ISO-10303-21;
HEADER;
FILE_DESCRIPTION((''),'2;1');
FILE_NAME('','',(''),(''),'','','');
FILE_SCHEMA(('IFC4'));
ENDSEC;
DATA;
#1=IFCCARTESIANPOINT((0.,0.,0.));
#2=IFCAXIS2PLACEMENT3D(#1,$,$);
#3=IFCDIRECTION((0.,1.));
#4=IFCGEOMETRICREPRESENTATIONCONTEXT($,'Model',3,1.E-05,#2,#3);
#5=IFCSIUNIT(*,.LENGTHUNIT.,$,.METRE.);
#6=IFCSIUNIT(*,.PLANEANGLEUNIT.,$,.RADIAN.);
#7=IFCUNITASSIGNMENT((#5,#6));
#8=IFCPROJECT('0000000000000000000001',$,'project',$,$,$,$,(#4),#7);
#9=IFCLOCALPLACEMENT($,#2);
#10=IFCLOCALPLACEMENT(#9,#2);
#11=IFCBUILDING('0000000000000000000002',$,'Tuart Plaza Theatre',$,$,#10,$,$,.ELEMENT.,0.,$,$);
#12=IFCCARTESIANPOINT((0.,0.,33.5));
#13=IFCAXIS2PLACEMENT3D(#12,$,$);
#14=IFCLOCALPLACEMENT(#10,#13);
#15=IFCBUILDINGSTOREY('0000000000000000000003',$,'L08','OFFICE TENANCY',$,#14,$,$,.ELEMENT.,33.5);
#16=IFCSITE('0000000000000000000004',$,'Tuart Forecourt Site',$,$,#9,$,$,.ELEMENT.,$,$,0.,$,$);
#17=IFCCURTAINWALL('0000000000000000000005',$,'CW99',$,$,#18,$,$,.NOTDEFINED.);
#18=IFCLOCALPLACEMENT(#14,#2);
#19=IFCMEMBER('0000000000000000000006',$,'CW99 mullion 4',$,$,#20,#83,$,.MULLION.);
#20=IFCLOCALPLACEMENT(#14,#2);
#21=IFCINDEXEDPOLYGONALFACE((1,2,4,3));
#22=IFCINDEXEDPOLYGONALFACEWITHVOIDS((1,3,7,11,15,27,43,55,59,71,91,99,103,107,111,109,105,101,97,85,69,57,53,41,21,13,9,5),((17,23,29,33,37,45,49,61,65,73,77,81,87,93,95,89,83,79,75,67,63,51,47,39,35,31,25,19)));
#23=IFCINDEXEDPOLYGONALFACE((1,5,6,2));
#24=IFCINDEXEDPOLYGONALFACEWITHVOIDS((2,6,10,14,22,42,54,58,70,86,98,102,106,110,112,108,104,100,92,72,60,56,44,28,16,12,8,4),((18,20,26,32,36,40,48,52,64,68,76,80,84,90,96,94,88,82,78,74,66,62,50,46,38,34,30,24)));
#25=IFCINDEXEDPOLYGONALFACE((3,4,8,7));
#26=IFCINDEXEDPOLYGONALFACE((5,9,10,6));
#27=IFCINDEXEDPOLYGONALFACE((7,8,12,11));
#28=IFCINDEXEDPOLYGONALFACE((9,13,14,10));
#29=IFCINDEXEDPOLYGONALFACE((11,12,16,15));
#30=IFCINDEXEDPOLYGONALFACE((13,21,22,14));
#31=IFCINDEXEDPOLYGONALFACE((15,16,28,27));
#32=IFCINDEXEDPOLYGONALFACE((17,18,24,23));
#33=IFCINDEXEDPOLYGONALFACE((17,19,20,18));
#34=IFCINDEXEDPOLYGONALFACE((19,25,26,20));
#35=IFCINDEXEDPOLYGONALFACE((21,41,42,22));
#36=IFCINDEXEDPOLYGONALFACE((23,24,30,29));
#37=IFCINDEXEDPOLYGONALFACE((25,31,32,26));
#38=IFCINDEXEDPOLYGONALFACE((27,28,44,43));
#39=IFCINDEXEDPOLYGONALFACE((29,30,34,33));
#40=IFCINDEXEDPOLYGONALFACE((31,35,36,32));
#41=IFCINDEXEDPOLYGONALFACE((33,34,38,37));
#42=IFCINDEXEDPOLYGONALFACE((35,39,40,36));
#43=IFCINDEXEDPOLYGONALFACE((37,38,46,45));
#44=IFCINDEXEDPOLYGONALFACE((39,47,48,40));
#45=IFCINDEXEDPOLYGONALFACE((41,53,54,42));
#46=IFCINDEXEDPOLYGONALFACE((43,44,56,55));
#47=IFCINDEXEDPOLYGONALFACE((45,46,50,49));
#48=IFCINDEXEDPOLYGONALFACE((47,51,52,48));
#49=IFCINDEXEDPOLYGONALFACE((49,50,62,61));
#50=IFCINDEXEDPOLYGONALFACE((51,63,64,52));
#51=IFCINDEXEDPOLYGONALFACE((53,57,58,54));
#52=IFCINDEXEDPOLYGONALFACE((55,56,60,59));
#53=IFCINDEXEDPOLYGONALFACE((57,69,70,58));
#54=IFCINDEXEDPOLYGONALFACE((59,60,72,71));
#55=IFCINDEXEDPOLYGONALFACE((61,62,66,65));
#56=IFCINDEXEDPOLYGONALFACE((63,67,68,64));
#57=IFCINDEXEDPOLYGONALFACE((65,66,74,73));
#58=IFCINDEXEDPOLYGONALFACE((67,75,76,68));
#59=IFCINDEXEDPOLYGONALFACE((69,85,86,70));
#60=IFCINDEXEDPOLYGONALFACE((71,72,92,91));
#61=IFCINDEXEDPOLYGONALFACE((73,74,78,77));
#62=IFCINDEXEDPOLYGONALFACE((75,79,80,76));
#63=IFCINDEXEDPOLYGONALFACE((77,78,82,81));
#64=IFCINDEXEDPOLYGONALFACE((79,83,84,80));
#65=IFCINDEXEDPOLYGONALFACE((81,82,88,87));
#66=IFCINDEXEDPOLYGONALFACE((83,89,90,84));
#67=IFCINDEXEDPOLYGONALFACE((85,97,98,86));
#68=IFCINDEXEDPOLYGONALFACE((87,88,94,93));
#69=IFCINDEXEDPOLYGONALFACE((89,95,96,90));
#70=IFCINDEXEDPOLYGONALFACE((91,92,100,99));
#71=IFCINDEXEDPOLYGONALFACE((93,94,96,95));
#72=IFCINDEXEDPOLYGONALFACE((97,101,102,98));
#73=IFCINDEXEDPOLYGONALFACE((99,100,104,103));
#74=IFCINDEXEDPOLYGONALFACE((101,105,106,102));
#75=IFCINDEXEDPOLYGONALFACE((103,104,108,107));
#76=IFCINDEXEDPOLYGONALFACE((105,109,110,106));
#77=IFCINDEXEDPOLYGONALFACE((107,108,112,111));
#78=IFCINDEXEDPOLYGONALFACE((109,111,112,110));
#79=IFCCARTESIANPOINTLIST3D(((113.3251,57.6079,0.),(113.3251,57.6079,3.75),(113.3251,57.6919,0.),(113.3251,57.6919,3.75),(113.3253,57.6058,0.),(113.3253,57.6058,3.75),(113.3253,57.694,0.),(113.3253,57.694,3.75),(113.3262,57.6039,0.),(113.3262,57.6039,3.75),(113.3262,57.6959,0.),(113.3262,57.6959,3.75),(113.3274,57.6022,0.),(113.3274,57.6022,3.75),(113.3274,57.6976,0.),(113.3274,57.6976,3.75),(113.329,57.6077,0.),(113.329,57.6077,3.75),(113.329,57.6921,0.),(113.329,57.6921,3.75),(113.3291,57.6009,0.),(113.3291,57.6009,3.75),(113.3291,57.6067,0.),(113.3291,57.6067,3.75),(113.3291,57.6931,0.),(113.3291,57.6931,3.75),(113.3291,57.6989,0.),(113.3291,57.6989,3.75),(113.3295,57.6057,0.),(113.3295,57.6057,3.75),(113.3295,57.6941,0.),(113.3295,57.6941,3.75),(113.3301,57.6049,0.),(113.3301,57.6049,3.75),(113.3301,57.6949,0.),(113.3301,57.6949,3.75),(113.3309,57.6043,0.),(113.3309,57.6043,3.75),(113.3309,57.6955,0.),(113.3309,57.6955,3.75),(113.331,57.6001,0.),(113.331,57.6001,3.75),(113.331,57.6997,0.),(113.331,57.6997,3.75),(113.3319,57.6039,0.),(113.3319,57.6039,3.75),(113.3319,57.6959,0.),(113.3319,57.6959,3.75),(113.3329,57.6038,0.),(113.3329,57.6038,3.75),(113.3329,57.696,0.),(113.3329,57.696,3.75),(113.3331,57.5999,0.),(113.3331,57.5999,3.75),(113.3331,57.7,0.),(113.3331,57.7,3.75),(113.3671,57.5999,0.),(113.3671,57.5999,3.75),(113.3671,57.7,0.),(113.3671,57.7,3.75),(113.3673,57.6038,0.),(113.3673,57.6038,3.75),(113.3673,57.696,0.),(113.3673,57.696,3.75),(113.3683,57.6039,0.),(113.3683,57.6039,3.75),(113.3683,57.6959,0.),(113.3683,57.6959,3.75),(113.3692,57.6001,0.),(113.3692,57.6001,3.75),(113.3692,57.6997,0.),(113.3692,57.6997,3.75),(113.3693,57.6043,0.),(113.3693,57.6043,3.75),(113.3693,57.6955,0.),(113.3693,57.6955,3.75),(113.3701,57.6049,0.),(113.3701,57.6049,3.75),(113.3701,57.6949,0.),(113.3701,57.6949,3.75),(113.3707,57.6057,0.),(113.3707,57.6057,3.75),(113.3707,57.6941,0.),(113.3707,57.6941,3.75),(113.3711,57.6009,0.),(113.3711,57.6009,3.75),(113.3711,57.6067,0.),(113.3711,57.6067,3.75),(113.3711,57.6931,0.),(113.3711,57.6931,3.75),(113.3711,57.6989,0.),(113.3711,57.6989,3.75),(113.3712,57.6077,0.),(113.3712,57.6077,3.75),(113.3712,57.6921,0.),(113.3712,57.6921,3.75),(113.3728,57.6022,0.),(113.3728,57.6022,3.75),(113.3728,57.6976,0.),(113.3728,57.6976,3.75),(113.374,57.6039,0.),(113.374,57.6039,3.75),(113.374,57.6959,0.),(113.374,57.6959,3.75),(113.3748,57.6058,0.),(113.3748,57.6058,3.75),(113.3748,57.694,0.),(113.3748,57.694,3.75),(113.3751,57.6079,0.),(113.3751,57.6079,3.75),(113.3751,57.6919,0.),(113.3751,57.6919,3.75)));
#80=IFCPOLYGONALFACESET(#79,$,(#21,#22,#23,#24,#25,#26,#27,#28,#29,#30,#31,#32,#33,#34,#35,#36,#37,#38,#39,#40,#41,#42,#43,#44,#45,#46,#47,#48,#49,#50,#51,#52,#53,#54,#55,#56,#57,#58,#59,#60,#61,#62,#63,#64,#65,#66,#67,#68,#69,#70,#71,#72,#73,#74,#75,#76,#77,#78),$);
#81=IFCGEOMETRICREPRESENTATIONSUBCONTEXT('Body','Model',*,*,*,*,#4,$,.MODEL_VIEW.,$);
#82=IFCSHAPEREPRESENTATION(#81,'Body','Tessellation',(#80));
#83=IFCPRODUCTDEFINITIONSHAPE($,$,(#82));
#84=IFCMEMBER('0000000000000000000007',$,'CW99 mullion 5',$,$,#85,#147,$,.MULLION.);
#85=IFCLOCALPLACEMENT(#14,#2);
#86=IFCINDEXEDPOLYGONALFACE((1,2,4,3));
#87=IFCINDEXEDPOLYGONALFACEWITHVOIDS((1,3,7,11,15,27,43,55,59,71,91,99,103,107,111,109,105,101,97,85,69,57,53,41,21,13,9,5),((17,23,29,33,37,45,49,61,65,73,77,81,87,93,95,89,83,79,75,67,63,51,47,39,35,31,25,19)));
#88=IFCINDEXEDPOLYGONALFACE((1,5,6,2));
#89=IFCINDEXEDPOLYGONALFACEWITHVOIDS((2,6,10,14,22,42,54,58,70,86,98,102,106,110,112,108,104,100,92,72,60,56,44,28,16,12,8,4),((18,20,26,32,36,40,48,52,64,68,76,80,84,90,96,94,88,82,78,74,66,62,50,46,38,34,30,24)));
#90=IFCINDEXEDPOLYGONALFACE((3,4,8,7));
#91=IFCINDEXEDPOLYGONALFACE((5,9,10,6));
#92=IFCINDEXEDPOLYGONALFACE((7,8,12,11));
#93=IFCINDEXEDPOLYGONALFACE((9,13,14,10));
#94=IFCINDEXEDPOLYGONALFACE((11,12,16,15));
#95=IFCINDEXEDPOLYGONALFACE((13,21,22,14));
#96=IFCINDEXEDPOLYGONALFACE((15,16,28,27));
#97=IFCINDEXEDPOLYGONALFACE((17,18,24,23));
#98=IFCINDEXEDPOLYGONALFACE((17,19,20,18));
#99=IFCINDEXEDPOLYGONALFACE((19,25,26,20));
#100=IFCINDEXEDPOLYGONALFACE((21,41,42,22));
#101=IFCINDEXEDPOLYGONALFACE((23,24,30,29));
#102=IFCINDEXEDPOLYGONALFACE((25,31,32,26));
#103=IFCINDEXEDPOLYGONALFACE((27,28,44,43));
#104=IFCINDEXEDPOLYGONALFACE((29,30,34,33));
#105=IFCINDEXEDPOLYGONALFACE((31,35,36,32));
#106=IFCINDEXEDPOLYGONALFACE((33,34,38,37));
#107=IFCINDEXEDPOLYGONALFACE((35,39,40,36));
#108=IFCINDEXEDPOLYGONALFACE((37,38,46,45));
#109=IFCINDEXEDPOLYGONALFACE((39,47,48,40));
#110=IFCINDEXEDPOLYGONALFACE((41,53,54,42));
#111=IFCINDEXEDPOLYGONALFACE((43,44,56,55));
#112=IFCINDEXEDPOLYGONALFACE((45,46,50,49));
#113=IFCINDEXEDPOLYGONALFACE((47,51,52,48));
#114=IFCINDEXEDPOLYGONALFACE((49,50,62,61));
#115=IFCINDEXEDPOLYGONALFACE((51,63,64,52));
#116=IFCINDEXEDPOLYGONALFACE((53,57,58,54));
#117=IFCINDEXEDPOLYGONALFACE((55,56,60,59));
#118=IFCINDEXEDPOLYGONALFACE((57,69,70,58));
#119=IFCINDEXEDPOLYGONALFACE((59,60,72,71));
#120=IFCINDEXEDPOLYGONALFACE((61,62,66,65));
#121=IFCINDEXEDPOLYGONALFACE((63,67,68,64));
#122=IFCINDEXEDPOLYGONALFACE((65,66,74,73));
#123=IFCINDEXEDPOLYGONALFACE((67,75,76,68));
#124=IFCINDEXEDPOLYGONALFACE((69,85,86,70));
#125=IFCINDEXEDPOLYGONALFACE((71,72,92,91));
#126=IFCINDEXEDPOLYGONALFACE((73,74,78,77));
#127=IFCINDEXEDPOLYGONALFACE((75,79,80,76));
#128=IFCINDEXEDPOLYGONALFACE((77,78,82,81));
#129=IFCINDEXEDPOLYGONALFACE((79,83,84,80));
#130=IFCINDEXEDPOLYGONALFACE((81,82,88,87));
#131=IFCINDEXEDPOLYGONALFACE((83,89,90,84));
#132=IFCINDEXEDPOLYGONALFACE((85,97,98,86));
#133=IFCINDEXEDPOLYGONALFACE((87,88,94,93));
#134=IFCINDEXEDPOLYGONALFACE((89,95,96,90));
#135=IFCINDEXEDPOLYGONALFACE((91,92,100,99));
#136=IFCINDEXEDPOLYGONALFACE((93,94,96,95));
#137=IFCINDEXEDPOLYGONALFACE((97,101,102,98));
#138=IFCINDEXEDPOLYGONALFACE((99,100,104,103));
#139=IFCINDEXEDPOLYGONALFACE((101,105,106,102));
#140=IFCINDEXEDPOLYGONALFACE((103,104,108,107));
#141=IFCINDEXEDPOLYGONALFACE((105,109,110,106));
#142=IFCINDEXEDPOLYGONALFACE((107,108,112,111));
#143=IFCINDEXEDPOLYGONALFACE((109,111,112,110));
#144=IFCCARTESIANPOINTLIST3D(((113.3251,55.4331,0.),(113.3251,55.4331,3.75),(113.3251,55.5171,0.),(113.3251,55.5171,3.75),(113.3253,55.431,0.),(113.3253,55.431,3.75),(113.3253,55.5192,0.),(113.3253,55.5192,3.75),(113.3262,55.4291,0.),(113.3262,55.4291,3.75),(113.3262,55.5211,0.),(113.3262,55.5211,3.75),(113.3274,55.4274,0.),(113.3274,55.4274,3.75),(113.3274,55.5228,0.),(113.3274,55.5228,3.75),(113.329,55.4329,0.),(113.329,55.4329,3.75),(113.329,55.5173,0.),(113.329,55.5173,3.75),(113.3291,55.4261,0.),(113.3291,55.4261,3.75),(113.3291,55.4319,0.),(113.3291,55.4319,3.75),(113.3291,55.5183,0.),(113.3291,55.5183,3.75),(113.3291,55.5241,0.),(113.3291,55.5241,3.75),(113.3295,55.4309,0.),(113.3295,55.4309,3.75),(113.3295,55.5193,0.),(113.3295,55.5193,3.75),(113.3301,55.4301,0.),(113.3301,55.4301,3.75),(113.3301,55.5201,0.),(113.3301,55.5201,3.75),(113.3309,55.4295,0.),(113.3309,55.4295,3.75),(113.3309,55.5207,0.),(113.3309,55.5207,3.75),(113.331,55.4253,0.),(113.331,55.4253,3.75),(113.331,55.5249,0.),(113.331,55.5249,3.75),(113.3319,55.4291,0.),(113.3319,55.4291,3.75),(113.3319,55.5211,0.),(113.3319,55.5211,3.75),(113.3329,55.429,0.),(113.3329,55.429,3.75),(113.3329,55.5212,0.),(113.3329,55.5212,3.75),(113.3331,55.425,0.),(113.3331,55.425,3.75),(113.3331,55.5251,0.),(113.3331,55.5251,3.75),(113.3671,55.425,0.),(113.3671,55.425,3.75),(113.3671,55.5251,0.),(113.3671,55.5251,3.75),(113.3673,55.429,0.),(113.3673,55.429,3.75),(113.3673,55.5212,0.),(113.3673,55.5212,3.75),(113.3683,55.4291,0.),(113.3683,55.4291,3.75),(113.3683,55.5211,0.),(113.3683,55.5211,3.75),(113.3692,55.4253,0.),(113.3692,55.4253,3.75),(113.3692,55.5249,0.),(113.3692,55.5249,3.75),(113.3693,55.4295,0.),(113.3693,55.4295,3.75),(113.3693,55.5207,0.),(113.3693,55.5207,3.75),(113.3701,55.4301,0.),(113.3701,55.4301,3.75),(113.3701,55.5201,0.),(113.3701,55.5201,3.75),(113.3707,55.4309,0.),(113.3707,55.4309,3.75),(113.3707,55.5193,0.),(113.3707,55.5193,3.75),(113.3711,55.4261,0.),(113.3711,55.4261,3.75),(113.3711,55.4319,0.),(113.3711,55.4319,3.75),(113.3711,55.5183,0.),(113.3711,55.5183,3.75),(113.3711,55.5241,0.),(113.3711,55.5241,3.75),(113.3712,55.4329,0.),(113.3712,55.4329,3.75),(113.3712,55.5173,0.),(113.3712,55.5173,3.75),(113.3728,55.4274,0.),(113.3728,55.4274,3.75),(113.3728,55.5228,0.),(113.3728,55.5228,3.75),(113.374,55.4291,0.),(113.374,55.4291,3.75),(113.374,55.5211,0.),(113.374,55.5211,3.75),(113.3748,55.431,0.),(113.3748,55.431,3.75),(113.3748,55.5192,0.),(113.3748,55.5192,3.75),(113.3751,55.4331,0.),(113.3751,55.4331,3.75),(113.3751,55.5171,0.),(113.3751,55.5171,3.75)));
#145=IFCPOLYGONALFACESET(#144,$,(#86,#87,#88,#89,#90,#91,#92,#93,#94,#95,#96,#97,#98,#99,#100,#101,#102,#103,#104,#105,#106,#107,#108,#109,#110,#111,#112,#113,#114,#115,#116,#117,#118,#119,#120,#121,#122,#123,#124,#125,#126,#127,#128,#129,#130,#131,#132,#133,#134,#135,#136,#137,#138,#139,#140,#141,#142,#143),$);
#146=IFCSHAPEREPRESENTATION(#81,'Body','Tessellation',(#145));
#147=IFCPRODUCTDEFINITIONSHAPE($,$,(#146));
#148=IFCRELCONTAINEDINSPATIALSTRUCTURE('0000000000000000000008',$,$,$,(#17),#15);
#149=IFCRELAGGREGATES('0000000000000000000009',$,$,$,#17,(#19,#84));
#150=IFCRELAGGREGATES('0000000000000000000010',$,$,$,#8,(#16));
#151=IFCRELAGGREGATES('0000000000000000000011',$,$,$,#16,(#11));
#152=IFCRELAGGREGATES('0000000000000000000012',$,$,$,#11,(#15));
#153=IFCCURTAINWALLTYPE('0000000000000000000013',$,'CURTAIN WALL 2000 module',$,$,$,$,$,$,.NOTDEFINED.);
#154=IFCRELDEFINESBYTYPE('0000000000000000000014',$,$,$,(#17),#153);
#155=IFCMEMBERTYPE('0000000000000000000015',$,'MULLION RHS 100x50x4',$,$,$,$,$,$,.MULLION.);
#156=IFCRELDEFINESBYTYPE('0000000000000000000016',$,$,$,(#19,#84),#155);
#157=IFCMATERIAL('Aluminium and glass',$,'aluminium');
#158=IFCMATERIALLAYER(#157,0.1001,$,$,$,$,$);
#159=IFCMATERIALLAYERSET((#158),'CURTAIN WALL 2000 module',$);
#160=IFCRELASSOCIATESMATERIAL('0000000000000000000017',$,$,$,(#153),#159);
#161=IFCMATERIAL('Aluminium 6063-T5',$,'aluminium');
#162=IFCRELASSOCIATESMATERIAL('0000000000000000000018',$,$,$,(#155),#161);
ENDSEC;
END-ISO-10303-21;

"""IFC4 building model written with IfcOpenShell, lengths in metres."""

from ifc_helpers import new_model, si_unit, direction, frame, origin, origin_2d, place, context, subcontext, project, spatial, hollow_rectangle, extrude, material, layer, layer_set, material_profile, profile_set, type_object, element, aggregate, save


model = new_model("IFC4")

# Units and contexts
model_context = context("Model", 3, precision=1e-05, world=origin(), true_north=direction((0.0, 1.0)))
body_context = subcontext(model_context, "Body", "Model", "MODEL_VIEW")
ifc_project = project(units=[si_unit("LENGTHUNIT", "METRE"), si_unit("PLANEANGLEUNIT", "RADIAN")], contexts=[model_context])

# Site, building, storey
site_placement = place(None, origin())
site = spatial("IfcSite", under=ifc_project, at=site_placement, Name="Tuart Forecourt Site", CompositionType="ELEMENT", RefElevation=0.0)
building_placement = place(site_placement, origin())
building = spatial("IfcBuilding", under=site, at=building_placement, Name="Tuart Plaza Theatre", CompositionType="ELEMENT", ElevationOfRefHeight=0.0)
storey_placement = place(building_placement, frame((0.0, 0.0, 33.5)))
storey = spatial("IfcBuildingStorey", under=building, at=storey_placement, Name="L08", Description="OFFICE TENANCY", CompositionType="ELEMENT", Elevation=33.5)

# Curtain wall, members
ifc_material_1 = material(Name="Aluminium and glass", Category="aluminium")
ifc_layer_1 = layer(ifc_material_1, 0.1001)
ifc_layer_set_1 = layer_set([ifc_layer_1], Name="CURTAIN WALL 2000 module")
curtain_wall_type = type_object("IfcCurtainWallType", Name="CURTAIN WALL 2000 module", PredefinedType="NOTDEFINED", material=ifc_layer_set_1)
ifc_material_2 = material(Name="Aluminium 6063-T5", Category="aluminium")
ifc_material_profile_1 = material_profile(ifc_material_2, hollow_rectangle(XDim=0.05, YDim=0.1001, WallThickness=0.0039, InnerFilletRadius=0.0039, OuterFilletRadius=0.0081, at=origin_2d()), Name="RHS 100x50x4")
ifc_profile_set_1 = profile_set([ifc_material_profile_1], Name="Aluminium 6063-T5")
member_type_1 = type_object("IfcMemberType", Name="MULLION RHS 100x50x4", PredefinedType="MULLION", material=ifc_profile_set_1)
curtain_wall_1_placement = place(storey_placement, origin())
curtain_wall_1 = element("IfcCurtainWall", 1, at=curtain_wall_1_placement, inside=storey, type_object=curtain_wall_type, Name="CW99", PredefinedType="NOTDEFINED")
member_1_placement = place(storey_placement, frame((113.3501, 57.6499, 0.0), z_axis=(0.0, 0.0, 1.0), x_axis=(1.0, 0.0, 0.0)))
member_1 = element("IfcMember", 2, at=member_1_placement, type_object=member_type_1, Name="CW99 mullion 4", PredefinedType="MULLION", context=body_context, shape_type="SweptSolid", body=[
    extrude(hollow_rectangle(XDim=0.05, YDim=0.1001, WallThickness=0.0039, InnerFilletRadius=0.0039, OuterFilletRadius=0.0081, at=origin_2d()), origin(), (0.0, 0.0, 1.0), 3.75),
])
member_2_placement = place(storey_placement, frame((113.3501, 55.4751, 0.0), z_axis=(0.0, 0.0, 1.0), x_axis=(1.0, 0.0, 0.0)))
member_2 = element("IfcMember", 3, at=member_2_placement, type_object=member_type_1, Name="CW99 mullion 5", PredefinedType="MULLION", context=body_context, shape_type="SweptSolid", body=[
    extrude(hollow_rectangle(XDim=0.05, YDim=0.1001, WallThickness=0.0039, InnerFilletRadius=0.0039, OuterFilletRadius=0.0081, at=origin_2d()), origin(), (0.0, 0.0, 1.0), 3.75),
])

aggregate(curtain_wall_1, [member_1, member_2])

save(model, "model.ifc")
